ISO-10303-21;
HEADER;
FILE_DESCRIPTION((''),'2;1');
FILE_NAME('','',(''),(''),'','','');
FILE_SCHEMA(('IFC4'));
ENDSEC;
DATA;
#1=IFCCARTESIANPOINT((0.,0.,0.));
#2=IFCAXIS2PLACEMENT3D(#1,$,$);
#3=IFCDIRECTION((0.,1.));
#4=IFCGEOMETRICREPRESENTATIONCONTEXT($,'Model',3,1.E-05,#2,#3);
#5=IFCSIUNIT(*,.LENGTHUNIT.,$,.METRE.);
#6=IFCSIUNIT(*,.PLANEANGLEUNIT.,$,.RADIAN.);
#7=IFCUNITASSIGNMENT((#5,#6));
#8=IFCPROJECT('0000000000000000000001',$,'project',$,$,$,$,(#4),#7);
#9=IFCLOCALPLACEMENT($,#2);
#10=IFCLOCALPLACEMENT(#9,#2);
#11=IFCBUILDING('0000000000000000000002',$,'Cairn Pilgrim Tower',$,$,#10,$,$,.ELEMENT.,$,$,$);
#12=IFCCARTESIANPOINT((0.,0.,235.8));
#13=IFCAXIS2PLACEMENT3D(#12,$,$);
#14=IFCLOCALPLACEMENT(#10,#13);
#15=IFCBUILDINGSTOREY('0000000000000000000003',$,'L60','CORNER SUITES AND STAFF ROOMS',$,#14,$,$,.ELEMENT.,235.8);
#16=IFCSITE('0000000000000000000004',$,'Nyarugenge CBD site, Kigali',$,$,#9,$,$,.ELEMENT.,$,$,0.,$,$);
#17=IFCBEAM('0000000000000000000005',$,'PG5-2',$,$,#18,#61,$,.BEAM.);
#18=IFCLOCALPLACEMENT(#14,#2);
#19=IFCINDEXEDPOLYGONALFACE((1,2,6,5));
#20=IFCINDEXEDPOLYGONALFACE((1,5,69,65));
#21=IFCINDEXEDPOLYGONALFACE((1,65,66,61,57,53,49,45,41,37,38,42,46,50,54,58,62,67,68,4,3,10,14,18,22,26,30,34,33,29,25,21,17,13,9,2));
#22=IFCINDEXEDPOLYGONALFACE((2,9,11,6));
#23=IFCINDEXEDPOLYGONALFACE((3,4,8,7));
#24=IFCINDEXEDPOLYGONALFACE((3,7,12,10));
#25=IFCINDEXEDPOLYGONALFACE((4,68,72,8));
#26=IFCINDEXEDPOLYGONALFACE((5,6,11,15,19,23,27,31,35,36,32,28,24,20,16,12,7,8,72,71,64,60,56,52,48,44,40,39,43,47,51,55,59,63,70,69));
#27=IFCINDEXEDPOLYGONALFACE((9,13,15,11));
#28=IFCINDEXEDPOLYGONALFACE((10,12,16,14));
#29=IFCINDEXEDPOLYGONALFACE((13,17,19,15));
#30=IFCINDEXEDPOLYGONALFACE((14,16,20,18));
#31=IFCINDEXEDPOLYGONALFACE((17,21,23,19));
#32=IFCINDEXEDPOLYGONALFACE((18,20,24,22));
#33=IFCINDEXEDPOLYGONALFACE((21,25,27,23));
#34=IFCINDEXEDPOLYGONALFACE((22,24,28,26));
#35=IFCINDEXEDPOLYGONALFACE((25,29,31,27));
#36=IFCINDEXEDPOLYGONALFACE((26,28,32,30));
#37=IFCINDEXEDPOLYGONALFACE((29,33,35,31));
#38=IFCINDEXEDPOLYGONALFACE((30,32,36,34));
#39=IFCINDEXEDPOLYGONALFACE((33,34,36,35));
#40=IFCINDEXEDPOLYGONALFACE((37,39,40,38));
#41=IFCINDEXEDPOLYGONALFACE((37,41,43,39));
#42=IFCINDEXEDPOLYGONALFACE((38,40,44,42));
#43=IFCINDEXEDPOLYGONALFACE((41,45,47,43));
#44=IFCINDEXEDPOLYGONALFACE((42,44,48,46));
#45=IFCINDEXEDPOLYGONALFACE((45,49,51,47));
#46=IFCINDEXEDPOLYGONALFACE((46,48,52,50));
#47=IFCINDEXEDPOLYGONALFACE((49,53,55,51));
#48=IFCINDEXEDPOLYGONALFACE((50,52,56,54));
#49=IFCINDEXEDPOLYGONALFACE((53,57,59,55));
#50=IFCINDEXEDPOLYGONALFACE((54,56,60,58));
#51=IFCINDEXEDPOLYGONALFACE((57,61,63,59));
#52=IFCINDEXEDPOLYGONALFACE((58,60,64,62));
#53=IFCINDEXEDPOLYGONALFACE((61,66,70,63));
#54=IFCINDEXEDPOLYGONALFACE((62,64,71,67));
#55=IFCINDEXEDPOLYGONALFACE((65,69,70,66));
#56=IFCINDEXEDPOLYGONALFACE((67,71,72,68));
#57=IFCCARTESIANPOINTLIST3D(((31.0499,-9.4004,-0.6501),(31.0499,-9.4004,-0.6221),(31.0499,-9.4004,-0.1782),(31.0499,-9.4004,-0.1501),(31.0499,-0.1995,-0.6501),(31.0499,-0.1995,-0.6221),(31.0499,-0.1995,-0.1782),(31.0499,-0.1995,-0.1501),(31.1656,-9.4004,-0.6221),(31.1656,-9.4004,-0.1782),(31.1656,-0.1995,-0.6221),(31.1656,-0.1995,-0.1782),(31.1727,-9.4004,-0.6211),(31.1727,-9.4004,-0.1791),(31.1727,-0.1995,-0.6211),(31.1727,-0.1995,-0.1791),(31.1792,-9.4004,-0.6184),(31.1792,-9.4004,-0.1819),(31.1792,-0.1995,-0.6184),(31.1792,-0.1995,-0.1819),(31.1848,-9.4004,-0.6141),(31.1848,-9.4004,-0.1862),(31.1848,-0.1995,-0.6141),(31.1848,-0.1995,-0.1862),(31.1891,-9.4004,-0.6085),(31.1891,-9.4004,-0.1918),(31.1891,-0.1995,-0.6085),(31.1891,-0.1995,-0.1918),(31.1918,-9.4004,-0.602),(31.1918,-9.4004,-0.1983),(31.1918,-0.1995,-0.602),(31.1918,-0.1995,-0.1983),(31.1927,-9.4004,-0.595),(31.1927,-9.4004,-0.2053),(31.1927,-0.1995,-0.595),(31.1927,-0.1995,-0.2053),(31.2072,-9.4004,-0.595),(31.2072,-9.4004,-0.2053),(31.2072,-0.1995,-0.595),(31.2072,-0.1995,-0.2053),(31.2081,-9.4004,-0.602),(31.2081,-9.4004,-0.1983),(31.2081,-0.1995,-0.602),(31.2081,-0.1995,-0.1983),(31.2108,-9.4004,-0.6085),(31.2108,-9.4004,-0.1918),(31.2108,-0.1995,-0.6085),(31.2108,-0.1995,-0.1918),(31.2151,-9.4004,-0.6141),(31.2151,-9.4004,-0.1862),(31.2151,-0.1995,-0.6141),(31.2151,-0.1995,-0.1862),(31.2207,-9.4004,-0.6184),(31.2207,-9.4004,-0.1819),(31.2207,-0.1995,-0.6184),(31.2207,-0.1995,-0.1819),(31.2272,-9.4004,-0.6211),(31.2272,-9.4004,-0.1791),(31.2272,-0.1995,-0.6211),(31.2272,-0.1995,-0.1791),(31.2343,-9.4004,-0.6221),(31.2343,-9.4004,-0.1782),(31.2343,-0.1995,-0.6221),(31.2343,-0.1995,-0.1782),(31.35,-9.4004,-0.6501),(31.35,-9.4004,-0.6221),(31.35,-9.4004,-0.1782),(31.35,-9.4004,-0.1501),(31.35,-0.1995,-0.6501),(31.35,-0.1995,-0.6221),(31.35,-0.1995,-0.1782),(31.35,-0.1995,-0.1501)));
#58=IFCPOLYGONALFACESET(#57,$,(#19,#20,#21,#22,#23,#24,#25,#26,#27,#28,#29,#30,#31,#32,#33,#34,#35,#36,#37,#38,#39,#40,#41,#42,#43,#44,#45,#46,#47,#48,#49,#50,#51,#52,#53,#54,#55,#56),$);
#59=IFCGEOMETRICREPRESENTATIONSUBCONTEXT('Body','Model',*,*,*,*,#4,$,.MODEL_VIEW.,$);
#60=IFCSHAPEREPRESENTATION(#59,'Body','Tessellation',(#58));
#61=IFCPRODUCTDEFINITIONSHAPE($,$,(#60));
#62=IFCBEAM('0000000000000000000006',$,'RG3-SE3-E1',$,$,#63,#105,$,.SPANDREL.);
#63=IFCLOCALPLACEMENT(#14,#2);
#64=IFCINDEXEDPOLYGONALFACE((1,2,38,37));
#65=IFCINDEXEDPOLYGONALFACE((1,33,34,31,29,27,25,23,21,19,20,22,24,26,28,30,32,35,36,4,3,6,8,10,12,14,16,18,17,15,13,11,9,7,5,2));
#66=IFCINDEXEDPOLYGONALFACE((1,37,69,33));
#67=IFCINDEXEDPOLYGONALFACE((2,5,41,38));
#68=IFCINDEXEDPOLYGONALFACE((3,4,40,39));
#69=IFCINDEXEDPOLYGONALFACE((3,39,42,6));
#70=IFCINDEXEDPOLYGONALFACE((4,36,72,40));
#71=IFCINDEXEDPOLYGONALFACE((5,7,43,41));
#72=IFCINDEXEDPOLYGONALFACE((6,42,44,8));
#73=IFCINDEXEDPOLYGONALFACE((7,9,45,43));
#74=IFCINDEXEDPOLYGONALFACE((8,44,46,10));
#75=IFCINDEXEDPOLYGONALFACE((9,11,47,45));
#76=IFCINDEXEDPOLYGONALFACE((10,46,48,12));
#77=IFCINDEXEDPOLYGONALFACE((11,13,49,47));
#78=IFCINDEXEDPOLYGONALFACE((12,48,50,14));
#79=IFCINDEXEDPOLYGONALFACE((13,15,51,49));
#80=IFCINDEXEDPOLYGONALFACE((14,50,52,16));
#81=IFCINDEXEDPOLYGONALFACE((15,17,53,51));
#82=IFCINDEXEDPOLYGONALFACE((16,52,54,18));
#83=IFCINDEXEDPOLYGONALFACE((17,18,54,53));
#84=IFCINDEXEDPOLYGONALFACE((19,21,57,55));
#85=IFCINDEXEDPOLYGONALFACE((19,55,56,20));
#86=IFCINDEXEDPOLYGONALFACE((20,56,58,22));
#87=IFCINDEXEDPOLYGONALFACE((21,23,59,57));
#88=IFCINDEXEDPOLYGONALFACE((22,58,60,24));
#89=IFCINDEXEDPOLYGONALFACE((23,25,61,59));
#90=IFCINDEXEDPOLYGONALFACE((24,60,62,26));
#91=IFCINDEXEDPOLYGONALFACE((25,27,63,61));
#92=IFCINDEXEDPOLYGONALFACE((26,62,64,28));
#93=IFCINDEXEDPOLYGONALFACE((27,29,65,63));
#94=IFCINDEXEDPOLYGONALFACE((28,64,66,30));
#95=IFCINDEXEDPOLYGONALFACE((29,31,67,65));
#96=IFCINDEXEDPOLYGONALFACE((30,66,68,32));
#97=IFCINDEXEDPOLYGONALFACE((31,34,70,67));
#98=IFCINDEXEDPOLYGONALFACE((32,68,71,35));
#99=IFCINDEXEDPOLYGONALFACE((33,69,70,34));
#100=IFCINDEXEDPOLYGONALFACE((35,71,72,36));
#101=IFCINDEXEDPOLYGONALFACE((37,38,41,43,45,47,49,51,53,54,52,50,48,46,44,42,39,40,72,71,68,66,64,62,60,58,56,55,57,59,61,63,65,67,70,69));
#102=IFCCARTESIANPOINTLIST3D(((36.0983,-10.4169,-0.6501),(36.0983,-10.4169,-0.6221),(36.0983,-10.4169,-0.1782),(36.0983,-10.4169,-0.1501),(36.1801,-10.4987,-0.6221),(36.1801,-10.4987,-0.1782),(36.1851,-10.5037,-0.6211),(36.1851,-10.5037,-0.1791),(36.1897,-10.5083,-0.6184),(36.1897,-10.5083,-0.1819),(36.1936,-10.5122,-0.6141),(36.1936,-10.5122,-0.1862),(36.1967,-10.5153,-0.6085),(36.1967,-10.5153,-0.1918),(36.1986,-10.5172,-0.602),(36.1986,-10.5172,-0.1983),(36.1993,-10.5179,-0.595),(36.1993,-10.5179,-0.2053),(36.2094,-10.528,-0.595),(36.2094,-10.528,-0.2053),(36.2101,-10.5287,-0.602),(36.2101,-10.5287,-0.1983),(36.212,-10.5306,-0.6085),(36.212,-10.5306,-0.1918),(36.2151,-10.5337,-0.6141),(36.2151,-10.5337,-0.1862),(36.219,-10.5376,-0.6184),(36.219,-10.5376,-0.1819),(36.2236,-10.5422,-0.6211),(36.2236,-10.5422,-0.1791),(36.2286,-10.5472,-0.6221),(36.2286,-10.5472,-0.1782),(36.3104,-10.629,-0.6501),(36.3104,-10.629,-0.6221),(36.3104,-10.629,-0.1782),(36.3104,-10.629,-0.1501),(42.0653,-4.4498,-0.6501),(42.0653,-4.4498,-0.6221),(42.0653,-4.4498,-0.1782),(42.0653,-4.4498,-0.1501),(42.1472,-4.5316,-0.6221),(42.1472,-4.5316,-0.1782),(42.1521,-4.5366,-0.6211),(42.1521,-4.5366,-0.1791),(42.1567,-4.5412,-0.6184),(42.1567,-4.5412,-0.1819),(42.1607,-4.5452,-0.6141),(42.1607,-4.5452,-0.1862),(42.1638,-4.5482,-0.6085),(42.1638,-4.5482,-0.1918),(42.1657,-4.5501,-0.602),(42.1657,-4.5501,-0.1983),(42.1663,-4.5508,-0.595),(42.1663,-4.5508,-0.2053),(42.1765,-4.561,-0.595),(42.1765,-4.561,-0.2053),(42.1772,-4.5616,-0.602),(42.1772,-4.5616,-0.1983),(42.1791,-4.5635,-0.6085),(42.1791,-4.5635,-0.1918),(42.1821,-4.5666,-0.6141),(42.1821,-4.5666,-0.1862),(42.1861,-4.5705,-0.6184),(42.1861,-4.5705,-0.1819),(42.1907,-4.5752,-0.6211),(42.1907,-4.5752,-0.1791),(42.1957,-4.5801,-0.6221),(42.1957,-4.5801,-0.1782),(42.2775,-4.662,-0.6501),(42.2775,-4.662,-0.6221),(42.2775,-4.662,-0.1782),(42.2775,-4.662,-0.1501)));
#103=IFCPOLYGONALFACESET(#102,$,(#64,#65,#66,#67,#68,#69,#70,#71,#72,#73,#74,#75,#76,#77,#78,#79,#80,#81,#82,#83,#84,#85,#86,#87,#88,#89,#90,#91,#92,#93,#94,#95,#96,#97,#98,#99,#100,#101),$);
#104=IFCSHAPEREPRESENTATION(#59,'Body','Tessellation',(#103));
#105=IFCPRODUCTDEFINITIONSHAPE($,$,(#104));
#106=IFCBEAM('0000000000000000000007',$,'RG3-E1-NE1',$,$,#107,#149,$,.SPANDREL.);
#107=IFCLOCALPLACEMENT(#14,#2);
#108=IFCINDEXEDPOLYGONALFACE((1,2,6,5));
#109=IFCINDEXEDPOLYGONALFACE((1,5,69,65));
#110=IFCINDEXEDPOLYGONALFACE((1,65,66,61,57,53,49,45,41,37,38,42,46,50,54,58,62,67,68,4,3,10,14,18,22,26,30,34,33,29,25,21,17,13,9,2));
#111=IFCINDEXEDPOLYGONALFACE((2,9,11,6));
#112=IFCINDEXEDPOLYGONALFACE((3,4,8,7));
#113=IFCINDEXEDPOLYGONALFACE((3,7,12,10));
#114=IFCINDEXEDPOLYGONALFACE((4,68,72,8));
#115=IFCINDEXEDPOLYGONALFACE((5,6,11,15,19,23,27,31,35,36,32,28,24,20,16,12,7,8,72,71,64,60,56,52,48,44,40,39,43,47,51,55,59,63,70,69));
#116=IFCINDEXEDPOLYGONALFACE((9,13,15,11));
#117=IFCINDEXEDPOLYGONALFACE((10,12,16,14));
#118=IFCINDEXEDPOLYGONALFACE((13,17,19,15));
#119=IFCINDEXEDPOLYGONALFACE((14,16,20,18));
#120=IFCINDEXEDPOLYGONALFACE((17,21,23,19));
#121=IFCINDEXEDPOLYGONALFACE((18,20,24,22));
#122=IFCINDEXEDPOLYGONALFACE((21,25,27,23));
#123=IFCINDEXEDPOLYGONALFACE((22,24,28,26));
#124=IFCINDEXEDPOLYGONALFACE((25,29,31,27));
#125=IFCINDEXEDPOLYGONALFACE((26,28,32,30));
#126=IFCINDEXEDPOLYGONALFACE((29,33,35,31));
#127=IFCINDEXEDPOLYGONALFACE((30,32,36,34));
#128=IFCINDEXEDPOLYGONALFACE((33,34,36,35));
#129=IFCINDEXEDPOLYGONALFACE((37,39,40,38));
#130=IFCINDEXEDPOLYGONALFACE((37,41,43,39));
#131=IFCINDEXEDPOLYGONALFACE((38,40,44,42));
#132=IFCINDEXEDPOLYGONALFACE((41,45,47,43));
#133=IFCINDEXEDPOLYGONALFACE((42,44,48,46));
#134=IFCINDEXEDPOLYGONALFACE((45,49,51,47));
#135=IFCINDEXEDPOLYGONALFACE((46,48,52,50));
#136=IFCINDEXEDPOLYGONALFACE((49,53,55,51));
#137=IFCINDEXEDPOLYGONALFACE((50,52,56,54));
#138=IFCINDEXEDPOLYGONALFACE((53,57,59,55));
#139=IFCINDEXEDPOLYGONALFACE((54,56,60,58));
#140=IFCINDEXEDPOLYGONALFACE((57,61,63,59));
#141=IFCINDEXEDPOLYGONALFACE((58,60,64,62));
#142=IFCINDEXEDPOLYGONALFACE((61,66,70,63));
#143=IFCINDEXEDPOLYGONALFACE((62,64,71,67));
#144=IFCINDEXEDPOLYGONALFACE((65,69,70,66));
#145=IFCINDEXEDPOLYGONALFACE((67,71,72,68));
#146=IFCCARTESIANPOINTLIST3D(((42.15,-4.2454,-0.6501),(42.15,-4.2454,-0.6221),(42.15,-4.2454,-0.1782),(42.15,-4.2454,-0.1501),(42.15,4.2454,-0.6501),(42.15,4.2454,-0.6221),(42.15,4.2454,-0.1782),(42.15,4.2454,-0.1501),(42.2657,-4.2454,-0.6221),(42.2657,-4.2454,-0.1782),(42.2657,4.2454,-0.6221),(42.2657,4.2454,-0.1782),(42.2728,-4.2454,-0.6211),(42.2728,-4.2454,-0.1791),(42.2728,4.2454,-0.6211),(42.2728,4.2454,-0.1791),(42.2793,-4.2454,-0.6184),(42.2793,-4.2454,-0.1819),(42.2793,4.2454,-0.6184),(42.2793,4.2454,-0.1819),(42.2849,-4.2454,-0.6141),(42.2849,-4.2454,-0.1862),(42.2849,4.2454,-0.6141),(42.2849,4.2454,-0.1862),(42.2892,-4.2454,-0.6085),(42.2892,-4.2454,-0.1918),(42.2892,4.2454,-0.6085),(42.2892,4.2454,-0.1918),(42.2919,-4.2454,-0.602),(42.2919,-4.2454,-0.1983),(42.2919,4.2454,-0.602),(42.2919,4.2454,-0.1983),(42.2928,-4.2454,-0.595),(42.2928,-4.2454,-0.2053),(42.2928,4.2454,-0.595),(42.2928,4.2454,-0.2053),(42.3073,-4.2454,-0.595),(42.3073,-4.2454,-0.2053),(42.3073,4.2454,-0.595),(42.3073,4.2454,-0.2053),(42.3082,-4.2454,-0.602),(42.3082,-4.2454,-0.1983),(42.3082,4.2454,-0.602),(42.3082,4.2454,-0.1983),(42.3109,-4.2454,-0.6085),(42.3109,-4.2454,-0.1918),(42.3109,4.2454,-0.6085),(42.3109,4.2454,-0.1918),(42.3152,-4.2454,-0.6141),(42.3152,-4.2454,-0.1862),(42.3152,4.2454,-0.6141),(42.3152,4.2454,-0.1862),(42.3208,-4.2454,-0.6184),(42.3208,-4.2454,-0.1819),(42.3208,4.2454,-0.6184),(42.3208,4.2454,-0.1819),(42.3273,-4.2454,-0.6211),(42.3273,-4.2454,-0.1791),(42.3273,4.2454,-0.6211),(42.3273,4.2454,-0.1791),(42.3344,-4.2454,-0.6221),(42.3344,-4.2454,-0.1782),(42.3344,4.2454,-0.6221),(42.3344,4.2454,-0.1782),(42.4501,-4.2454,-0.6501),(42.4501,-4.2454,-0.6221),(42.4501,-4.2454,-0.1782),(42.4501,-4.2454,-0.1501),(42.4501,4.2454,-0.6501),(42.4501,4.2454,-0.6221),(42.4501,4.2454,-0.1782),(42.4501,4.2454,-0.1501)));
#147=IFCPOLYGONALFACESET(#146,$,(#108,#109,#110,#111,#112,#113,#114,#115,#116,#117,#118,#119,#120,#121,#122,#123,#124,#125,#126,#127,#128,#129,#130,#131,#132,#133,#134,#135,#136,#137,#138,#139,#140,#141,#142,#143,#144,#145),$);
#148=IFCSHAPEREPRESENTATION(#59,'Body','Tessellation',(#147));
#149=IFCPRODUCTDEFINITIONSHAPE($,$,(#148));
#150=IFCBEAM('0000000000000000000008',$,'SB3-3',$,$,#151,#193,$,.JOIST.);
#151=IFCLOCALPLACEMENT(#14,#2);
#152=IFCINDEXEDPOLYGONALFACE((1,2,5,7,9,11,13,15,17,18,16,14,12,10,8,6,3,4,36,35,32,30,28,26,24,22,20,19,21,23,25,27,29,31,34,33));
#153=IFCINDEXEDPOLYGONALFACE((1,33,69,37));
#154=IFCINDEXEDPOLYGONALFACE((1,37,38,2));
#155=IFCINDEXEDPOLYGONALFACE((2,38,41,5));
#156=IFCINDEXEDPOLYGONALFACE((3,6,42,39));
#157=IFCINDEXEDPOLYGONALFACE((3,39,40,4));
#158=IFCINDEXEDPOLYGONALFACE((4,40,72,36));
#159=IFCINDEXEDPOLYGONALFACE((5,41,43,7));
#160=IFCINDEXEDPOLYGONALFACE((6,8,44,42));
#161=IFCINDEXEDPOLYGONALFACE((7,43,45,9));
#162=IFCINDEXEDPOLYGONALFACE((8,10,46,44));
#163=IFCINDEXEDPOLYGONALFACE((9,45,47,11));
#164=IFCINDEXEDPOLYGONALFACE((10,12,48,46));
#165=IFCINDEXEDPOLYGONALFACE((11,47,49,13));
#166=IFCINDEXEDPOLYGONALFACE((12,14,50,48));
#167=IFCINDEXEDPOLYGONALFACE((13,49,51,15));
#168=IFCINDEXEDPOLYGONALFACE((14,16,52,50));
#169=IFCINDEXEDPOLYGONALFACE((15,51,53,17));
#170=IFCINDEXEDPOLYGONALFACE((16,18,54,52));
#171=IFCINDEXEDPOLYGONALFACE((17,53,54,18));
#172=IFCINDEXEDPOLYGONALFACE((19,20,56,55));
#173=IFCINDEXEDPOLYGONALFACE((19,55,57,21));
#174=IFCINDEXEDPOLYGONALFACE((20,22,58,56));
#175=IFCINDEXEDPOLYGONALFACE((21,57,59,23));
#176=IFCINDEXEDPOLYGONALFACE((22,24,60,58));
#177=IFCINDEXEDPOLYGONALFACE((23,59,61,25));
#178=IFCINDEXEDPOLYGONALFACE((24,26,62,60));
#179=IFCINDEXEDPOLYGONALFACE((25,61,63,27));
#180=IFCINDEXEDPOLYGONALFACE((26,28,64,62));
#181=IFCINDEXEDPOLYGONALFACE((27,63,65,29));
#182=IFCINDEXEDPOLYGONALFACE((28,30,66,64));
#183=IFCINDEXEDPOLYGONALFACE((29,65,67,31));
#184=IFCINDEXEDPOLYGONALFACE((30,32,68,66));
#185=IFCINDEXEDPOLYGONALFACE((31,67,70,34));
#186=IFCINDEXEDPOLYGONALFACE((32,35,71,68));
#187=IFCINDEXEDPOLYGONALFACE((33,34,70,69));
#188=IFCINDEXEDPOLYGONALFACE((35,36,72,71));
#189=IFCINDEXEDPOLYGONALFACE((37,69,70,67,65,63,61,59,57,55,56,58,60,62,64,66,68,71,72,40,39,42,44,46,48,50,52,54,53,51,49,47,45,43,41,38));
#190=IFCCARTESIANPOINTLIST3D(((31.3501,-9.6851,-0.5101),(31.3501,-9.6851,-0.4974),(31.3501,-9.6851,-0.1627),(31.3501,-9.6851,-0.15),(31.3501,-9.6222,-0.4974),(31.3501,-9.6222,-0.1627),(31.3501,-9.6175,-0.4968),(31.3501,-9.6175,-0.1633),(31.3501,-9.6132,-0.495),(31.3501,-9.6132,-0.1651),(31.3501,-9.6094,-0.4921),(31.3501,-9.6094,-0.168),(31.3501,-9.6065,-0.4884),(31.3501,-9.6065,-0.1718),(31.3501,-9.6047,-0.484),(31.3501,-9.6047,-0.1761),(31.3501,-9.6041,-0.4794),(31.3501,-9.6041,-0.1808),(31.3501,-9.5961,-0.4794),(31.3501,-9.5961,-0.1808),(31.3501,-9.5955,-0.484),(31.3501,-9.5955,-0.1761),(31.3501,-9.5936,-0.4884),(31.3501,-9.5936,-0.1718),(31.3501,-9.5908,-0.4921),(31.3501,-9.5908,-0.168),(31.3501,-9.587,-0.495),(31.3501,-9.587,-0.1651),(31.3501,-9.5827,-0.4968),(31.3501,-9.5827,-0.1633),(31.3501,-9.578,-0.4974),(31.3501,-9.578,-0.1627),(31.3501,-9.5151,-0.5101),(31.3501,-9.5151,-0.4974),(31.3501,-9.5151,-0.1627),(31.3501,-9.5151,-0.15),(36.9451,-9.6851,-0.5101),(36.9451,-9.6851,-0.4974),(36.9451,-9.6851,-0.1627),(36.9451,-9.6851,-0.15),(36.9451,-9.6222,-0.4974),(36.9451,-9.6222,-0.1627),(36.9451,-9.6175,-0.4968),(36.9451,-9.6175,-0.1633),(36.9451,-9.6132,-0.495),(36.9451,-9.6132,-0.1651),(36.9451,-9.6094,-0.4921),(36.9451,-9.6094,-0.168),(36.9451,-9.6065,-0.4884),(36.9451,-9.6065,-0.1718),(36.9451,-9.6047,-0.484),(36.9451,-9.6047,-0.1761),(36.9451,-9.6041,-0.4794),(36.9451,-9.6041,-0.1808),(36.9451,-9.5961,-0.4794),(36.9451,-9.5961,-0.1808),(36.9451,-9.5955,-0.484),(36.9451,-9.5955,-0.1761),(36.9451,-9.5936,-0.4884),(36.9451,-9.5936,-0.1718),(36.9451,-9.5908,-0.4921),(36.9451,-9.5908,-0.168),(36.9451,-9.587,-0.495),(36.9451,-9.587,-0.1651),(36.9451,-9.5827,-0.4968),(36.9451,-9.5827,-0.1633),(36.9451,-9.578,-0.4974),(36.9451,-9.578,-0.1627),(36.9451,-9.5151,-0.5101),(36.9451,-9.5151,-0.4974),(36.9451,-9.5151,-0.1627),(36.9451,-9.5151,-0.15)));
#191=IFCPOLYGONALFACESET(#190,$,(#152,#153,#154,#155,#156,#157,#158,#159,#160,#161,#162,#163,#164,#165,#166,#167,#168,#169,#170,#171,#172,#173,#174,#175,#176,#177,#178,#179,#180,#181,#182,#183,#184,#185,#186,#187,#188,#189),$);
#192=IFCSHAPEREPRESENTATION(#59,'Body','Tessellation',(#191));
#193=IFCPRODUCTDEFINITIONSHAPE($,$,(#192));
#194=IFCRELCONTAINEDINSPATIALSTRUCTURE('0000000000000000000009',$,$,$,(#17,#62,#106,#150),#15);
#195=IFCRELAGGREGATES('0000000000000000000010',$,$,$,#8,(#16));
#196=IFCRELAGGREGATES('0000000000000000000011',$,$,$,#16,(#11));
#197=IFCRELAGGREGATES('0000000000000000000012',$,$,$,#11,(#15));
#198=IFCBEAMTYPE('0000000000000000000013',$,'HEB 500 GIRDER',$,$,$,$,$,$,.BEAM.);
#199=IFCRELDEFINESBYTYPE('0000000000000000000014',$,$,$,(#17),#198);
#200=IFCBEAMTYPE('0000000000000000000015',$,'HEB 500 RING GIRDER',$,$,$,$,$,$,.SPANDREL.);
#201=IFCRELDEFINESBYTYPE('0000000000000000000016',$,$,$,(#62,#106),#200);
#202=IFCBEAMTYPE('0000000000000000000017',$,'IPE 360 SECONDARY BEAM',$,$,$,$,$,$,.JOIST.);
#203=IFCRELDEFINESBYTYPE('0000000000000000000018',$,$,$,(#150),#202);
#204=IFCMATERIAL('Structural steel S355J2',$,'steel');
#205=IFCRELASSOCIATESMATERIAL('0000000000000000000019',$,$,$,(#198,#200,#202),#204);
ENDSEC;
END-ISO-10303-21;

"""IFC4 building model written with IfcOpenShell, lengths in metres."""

from ifc_helpers import new_model, si_unit, direction, frame, origin, origin_2d, place, context, subcontext, project, spatial, i_section, extrude, material, material_profile, profile_set, type_object, element, save


model = new_model("IFC4")

# Units and contexts
model_context = context("Model", 3, precision=1e-05, world=origin(), true_north=direction((0.0, 1.0)))
body_context = subcontext(model_context, "Body", "Model", "MODEL_VIEW")
ifc_project = project(units=[si_unit("LENGTHUNIT", "METRE"), si_unit("PLANEANGLEUNIT", "RADIAN")], contexts=[model_context])

# Site, building, storey
site_placement = place(None, origin())
site = spatial("IfcSite", under=ifc_project, at=site_placement, Name="Nyarugenge CBD site, Kigali", CompositionType="ELEMENT", RefElevation=0.0)
building_placement = place(site_placement, origin())
building = spatial("IfcBuilding", under=site, at=building_placement, Name="Cairn Pilgrim Tower", CompositionType="ELEMENT")
storey_placement = place(building_placement, frame((0.0, 0.0, 235.8)))
storey = spatial("IfcBuildingStorey", under=building, at=storey_placement, Name="L60", Description="CORNER SUITES AND STAFF ROOMS", CompositionType="ELEMENT", Elevation=235.8)

# Shared definitions
ifc_material_1 = material(Name="Structural steel S355J2", Category="steel")

# Beams
ifc_material_profile_1 = material_profile(ifc_material_1, i_section(OverallWidth=0.3, OverallDepth=0.5, WebThickness=0.0144, FlangeThickness=0.0281, FilletRadius=0.0271, at=origin_2d()), Name="HEB 500")
ifc_profile_set_1 = profile_set([ifc_material_profile_1], Name="Structural steel S355J2")
beam_type_1 = type_object("IfcBeamType", Name="HEB 500 GIRDER", PredefinedType="BEAM", material=ifc_profile_set_1)
beam_1_placement = place(storey_placement, frame((31.2, -9.4004, -0.4001), z_axis=(0.0, 1.0, 0.0), x_axis=(-1.0, 0.0, 0.0)))
element("IfcBeam", 1, at=beam_1_placement, inside=storey, type_object=beam_type_1, Name="PG5-2", PredefinedType="BEAM", context=body_context, shape_type="SweptSolid", body=[
    extrude(i_section(OverallWidth=0.3, OverallDepth=0.5, WebThickness=0.0144, FlangeThickness=0.0281, FilletRadius=0.0271, at=origin_2d()), origin(), (0.0, 0.0, 1.0), 9.2009),
])
ifc_material_profile_2 = material_profile(ifc_material_1, i_section(OverallWidth=0.3, OverallDepth=0.5, WebThickness=0.0144, FlangeThickness=0.0281, FilletRadius=0.0271, at=origin_2d()), Name="HEB 500")
ifc_profile_set_2 = profile_set([ifc_material_profile_2], Name="Structural steel S355J2")
beam_type_2 = type_object("IfcBeamType", Name="HEB 500 RING GIRDER", PredefinedType="SPANDREL", material=ifc_profile_set_2)
beam_2_placement = place(storey_placement, frame((36.2043, -10.5229, -0.4001), z_axis=(0.707107, 0.707107, 0.0), x_axis=(-0.707107, 0.707107, 0.0)))
element("IfcBeam", 2, at=beam_2_placement, inside=storey, type_object=beam_type_2, Name="RG3-SE3-E1", PredefinedType="SPANDREL", context=body_context, shape_type="SweptSolid", body=[
    extrude(i_section(OverallWidth=0.3, OverallDepth=0.5, WebThickness=0.0144, FlangeThickness=0.0281, FilletRadius=0.0271, at=origin_2d()), origin(), (0.0, 0.0, 1.0), 8.4387),
])
beam_3_placement = place(storey_placement, frame((42.3, -4.2454, -0.4001), z_axis=(0.0, 1.0, 0.0), x_axis=(-1.0, 0.0, 0.0)))
element("IfcBeam", 3, at=beam_3_placement, inside=storey, type_object=beam_type_2, Name="RG3-E1-NE1", PredefinedType="SPANDREL", context=body_context, shape_type="SweptSolid", body=[
    extrude(i_section(OverallWidth=0.3, OverallDepth=0.5, WebThickness=0.0144, FlangeThickness=0.0281, FilletRadius=0.0271, at=origin_2d()), origin(), (0.0, 0.0, 1.0), 8.4907),
])
ifc_material_profile_3 = material_profile(ifc_material_1, i_section(OverallWidth=0.1699, OverallDepth=0.3601, WebThickness=0.0081, FlangeThickness=0.0127, FilletRadius=0.0181, at=origin_2d()), Name="IPE 360")
ifc_profile_set_3 = profile_set([ifc_material_profile_3], Name="Structural steel S355J2")
beam_type_3 = type_object("IfcBeamType", Name="IPE 360 SECONDARY BEAM", PredefinedType="JOIST", material=ifc_profile_set_3)
beam_4_placement = place(storey_placement, frame((31.3501, -9.6001, -0.3301), z_axis=(1.0, 0.0, 0.0), x_axis=(0.0, 1.0, 0.0)))
element("IfcBeam", 4, at=beam_4_placement, inside=storey, type_object=beam_type_3, Name="SB3-3", PredefinedType="JOIST", context=body_context, shape_type="SweptSolid", body=[
    extrude(i_section(OverallWidth=0.1699, OverallDepth=0.3601, WebThickness=0.0081, FlangeThickness=0.0127, FilletRadius=0.0181, at=origin_2d()), origin(), (0.0, 0.0, 1.0), 5.595),
])

save(model, "model.ifc")
